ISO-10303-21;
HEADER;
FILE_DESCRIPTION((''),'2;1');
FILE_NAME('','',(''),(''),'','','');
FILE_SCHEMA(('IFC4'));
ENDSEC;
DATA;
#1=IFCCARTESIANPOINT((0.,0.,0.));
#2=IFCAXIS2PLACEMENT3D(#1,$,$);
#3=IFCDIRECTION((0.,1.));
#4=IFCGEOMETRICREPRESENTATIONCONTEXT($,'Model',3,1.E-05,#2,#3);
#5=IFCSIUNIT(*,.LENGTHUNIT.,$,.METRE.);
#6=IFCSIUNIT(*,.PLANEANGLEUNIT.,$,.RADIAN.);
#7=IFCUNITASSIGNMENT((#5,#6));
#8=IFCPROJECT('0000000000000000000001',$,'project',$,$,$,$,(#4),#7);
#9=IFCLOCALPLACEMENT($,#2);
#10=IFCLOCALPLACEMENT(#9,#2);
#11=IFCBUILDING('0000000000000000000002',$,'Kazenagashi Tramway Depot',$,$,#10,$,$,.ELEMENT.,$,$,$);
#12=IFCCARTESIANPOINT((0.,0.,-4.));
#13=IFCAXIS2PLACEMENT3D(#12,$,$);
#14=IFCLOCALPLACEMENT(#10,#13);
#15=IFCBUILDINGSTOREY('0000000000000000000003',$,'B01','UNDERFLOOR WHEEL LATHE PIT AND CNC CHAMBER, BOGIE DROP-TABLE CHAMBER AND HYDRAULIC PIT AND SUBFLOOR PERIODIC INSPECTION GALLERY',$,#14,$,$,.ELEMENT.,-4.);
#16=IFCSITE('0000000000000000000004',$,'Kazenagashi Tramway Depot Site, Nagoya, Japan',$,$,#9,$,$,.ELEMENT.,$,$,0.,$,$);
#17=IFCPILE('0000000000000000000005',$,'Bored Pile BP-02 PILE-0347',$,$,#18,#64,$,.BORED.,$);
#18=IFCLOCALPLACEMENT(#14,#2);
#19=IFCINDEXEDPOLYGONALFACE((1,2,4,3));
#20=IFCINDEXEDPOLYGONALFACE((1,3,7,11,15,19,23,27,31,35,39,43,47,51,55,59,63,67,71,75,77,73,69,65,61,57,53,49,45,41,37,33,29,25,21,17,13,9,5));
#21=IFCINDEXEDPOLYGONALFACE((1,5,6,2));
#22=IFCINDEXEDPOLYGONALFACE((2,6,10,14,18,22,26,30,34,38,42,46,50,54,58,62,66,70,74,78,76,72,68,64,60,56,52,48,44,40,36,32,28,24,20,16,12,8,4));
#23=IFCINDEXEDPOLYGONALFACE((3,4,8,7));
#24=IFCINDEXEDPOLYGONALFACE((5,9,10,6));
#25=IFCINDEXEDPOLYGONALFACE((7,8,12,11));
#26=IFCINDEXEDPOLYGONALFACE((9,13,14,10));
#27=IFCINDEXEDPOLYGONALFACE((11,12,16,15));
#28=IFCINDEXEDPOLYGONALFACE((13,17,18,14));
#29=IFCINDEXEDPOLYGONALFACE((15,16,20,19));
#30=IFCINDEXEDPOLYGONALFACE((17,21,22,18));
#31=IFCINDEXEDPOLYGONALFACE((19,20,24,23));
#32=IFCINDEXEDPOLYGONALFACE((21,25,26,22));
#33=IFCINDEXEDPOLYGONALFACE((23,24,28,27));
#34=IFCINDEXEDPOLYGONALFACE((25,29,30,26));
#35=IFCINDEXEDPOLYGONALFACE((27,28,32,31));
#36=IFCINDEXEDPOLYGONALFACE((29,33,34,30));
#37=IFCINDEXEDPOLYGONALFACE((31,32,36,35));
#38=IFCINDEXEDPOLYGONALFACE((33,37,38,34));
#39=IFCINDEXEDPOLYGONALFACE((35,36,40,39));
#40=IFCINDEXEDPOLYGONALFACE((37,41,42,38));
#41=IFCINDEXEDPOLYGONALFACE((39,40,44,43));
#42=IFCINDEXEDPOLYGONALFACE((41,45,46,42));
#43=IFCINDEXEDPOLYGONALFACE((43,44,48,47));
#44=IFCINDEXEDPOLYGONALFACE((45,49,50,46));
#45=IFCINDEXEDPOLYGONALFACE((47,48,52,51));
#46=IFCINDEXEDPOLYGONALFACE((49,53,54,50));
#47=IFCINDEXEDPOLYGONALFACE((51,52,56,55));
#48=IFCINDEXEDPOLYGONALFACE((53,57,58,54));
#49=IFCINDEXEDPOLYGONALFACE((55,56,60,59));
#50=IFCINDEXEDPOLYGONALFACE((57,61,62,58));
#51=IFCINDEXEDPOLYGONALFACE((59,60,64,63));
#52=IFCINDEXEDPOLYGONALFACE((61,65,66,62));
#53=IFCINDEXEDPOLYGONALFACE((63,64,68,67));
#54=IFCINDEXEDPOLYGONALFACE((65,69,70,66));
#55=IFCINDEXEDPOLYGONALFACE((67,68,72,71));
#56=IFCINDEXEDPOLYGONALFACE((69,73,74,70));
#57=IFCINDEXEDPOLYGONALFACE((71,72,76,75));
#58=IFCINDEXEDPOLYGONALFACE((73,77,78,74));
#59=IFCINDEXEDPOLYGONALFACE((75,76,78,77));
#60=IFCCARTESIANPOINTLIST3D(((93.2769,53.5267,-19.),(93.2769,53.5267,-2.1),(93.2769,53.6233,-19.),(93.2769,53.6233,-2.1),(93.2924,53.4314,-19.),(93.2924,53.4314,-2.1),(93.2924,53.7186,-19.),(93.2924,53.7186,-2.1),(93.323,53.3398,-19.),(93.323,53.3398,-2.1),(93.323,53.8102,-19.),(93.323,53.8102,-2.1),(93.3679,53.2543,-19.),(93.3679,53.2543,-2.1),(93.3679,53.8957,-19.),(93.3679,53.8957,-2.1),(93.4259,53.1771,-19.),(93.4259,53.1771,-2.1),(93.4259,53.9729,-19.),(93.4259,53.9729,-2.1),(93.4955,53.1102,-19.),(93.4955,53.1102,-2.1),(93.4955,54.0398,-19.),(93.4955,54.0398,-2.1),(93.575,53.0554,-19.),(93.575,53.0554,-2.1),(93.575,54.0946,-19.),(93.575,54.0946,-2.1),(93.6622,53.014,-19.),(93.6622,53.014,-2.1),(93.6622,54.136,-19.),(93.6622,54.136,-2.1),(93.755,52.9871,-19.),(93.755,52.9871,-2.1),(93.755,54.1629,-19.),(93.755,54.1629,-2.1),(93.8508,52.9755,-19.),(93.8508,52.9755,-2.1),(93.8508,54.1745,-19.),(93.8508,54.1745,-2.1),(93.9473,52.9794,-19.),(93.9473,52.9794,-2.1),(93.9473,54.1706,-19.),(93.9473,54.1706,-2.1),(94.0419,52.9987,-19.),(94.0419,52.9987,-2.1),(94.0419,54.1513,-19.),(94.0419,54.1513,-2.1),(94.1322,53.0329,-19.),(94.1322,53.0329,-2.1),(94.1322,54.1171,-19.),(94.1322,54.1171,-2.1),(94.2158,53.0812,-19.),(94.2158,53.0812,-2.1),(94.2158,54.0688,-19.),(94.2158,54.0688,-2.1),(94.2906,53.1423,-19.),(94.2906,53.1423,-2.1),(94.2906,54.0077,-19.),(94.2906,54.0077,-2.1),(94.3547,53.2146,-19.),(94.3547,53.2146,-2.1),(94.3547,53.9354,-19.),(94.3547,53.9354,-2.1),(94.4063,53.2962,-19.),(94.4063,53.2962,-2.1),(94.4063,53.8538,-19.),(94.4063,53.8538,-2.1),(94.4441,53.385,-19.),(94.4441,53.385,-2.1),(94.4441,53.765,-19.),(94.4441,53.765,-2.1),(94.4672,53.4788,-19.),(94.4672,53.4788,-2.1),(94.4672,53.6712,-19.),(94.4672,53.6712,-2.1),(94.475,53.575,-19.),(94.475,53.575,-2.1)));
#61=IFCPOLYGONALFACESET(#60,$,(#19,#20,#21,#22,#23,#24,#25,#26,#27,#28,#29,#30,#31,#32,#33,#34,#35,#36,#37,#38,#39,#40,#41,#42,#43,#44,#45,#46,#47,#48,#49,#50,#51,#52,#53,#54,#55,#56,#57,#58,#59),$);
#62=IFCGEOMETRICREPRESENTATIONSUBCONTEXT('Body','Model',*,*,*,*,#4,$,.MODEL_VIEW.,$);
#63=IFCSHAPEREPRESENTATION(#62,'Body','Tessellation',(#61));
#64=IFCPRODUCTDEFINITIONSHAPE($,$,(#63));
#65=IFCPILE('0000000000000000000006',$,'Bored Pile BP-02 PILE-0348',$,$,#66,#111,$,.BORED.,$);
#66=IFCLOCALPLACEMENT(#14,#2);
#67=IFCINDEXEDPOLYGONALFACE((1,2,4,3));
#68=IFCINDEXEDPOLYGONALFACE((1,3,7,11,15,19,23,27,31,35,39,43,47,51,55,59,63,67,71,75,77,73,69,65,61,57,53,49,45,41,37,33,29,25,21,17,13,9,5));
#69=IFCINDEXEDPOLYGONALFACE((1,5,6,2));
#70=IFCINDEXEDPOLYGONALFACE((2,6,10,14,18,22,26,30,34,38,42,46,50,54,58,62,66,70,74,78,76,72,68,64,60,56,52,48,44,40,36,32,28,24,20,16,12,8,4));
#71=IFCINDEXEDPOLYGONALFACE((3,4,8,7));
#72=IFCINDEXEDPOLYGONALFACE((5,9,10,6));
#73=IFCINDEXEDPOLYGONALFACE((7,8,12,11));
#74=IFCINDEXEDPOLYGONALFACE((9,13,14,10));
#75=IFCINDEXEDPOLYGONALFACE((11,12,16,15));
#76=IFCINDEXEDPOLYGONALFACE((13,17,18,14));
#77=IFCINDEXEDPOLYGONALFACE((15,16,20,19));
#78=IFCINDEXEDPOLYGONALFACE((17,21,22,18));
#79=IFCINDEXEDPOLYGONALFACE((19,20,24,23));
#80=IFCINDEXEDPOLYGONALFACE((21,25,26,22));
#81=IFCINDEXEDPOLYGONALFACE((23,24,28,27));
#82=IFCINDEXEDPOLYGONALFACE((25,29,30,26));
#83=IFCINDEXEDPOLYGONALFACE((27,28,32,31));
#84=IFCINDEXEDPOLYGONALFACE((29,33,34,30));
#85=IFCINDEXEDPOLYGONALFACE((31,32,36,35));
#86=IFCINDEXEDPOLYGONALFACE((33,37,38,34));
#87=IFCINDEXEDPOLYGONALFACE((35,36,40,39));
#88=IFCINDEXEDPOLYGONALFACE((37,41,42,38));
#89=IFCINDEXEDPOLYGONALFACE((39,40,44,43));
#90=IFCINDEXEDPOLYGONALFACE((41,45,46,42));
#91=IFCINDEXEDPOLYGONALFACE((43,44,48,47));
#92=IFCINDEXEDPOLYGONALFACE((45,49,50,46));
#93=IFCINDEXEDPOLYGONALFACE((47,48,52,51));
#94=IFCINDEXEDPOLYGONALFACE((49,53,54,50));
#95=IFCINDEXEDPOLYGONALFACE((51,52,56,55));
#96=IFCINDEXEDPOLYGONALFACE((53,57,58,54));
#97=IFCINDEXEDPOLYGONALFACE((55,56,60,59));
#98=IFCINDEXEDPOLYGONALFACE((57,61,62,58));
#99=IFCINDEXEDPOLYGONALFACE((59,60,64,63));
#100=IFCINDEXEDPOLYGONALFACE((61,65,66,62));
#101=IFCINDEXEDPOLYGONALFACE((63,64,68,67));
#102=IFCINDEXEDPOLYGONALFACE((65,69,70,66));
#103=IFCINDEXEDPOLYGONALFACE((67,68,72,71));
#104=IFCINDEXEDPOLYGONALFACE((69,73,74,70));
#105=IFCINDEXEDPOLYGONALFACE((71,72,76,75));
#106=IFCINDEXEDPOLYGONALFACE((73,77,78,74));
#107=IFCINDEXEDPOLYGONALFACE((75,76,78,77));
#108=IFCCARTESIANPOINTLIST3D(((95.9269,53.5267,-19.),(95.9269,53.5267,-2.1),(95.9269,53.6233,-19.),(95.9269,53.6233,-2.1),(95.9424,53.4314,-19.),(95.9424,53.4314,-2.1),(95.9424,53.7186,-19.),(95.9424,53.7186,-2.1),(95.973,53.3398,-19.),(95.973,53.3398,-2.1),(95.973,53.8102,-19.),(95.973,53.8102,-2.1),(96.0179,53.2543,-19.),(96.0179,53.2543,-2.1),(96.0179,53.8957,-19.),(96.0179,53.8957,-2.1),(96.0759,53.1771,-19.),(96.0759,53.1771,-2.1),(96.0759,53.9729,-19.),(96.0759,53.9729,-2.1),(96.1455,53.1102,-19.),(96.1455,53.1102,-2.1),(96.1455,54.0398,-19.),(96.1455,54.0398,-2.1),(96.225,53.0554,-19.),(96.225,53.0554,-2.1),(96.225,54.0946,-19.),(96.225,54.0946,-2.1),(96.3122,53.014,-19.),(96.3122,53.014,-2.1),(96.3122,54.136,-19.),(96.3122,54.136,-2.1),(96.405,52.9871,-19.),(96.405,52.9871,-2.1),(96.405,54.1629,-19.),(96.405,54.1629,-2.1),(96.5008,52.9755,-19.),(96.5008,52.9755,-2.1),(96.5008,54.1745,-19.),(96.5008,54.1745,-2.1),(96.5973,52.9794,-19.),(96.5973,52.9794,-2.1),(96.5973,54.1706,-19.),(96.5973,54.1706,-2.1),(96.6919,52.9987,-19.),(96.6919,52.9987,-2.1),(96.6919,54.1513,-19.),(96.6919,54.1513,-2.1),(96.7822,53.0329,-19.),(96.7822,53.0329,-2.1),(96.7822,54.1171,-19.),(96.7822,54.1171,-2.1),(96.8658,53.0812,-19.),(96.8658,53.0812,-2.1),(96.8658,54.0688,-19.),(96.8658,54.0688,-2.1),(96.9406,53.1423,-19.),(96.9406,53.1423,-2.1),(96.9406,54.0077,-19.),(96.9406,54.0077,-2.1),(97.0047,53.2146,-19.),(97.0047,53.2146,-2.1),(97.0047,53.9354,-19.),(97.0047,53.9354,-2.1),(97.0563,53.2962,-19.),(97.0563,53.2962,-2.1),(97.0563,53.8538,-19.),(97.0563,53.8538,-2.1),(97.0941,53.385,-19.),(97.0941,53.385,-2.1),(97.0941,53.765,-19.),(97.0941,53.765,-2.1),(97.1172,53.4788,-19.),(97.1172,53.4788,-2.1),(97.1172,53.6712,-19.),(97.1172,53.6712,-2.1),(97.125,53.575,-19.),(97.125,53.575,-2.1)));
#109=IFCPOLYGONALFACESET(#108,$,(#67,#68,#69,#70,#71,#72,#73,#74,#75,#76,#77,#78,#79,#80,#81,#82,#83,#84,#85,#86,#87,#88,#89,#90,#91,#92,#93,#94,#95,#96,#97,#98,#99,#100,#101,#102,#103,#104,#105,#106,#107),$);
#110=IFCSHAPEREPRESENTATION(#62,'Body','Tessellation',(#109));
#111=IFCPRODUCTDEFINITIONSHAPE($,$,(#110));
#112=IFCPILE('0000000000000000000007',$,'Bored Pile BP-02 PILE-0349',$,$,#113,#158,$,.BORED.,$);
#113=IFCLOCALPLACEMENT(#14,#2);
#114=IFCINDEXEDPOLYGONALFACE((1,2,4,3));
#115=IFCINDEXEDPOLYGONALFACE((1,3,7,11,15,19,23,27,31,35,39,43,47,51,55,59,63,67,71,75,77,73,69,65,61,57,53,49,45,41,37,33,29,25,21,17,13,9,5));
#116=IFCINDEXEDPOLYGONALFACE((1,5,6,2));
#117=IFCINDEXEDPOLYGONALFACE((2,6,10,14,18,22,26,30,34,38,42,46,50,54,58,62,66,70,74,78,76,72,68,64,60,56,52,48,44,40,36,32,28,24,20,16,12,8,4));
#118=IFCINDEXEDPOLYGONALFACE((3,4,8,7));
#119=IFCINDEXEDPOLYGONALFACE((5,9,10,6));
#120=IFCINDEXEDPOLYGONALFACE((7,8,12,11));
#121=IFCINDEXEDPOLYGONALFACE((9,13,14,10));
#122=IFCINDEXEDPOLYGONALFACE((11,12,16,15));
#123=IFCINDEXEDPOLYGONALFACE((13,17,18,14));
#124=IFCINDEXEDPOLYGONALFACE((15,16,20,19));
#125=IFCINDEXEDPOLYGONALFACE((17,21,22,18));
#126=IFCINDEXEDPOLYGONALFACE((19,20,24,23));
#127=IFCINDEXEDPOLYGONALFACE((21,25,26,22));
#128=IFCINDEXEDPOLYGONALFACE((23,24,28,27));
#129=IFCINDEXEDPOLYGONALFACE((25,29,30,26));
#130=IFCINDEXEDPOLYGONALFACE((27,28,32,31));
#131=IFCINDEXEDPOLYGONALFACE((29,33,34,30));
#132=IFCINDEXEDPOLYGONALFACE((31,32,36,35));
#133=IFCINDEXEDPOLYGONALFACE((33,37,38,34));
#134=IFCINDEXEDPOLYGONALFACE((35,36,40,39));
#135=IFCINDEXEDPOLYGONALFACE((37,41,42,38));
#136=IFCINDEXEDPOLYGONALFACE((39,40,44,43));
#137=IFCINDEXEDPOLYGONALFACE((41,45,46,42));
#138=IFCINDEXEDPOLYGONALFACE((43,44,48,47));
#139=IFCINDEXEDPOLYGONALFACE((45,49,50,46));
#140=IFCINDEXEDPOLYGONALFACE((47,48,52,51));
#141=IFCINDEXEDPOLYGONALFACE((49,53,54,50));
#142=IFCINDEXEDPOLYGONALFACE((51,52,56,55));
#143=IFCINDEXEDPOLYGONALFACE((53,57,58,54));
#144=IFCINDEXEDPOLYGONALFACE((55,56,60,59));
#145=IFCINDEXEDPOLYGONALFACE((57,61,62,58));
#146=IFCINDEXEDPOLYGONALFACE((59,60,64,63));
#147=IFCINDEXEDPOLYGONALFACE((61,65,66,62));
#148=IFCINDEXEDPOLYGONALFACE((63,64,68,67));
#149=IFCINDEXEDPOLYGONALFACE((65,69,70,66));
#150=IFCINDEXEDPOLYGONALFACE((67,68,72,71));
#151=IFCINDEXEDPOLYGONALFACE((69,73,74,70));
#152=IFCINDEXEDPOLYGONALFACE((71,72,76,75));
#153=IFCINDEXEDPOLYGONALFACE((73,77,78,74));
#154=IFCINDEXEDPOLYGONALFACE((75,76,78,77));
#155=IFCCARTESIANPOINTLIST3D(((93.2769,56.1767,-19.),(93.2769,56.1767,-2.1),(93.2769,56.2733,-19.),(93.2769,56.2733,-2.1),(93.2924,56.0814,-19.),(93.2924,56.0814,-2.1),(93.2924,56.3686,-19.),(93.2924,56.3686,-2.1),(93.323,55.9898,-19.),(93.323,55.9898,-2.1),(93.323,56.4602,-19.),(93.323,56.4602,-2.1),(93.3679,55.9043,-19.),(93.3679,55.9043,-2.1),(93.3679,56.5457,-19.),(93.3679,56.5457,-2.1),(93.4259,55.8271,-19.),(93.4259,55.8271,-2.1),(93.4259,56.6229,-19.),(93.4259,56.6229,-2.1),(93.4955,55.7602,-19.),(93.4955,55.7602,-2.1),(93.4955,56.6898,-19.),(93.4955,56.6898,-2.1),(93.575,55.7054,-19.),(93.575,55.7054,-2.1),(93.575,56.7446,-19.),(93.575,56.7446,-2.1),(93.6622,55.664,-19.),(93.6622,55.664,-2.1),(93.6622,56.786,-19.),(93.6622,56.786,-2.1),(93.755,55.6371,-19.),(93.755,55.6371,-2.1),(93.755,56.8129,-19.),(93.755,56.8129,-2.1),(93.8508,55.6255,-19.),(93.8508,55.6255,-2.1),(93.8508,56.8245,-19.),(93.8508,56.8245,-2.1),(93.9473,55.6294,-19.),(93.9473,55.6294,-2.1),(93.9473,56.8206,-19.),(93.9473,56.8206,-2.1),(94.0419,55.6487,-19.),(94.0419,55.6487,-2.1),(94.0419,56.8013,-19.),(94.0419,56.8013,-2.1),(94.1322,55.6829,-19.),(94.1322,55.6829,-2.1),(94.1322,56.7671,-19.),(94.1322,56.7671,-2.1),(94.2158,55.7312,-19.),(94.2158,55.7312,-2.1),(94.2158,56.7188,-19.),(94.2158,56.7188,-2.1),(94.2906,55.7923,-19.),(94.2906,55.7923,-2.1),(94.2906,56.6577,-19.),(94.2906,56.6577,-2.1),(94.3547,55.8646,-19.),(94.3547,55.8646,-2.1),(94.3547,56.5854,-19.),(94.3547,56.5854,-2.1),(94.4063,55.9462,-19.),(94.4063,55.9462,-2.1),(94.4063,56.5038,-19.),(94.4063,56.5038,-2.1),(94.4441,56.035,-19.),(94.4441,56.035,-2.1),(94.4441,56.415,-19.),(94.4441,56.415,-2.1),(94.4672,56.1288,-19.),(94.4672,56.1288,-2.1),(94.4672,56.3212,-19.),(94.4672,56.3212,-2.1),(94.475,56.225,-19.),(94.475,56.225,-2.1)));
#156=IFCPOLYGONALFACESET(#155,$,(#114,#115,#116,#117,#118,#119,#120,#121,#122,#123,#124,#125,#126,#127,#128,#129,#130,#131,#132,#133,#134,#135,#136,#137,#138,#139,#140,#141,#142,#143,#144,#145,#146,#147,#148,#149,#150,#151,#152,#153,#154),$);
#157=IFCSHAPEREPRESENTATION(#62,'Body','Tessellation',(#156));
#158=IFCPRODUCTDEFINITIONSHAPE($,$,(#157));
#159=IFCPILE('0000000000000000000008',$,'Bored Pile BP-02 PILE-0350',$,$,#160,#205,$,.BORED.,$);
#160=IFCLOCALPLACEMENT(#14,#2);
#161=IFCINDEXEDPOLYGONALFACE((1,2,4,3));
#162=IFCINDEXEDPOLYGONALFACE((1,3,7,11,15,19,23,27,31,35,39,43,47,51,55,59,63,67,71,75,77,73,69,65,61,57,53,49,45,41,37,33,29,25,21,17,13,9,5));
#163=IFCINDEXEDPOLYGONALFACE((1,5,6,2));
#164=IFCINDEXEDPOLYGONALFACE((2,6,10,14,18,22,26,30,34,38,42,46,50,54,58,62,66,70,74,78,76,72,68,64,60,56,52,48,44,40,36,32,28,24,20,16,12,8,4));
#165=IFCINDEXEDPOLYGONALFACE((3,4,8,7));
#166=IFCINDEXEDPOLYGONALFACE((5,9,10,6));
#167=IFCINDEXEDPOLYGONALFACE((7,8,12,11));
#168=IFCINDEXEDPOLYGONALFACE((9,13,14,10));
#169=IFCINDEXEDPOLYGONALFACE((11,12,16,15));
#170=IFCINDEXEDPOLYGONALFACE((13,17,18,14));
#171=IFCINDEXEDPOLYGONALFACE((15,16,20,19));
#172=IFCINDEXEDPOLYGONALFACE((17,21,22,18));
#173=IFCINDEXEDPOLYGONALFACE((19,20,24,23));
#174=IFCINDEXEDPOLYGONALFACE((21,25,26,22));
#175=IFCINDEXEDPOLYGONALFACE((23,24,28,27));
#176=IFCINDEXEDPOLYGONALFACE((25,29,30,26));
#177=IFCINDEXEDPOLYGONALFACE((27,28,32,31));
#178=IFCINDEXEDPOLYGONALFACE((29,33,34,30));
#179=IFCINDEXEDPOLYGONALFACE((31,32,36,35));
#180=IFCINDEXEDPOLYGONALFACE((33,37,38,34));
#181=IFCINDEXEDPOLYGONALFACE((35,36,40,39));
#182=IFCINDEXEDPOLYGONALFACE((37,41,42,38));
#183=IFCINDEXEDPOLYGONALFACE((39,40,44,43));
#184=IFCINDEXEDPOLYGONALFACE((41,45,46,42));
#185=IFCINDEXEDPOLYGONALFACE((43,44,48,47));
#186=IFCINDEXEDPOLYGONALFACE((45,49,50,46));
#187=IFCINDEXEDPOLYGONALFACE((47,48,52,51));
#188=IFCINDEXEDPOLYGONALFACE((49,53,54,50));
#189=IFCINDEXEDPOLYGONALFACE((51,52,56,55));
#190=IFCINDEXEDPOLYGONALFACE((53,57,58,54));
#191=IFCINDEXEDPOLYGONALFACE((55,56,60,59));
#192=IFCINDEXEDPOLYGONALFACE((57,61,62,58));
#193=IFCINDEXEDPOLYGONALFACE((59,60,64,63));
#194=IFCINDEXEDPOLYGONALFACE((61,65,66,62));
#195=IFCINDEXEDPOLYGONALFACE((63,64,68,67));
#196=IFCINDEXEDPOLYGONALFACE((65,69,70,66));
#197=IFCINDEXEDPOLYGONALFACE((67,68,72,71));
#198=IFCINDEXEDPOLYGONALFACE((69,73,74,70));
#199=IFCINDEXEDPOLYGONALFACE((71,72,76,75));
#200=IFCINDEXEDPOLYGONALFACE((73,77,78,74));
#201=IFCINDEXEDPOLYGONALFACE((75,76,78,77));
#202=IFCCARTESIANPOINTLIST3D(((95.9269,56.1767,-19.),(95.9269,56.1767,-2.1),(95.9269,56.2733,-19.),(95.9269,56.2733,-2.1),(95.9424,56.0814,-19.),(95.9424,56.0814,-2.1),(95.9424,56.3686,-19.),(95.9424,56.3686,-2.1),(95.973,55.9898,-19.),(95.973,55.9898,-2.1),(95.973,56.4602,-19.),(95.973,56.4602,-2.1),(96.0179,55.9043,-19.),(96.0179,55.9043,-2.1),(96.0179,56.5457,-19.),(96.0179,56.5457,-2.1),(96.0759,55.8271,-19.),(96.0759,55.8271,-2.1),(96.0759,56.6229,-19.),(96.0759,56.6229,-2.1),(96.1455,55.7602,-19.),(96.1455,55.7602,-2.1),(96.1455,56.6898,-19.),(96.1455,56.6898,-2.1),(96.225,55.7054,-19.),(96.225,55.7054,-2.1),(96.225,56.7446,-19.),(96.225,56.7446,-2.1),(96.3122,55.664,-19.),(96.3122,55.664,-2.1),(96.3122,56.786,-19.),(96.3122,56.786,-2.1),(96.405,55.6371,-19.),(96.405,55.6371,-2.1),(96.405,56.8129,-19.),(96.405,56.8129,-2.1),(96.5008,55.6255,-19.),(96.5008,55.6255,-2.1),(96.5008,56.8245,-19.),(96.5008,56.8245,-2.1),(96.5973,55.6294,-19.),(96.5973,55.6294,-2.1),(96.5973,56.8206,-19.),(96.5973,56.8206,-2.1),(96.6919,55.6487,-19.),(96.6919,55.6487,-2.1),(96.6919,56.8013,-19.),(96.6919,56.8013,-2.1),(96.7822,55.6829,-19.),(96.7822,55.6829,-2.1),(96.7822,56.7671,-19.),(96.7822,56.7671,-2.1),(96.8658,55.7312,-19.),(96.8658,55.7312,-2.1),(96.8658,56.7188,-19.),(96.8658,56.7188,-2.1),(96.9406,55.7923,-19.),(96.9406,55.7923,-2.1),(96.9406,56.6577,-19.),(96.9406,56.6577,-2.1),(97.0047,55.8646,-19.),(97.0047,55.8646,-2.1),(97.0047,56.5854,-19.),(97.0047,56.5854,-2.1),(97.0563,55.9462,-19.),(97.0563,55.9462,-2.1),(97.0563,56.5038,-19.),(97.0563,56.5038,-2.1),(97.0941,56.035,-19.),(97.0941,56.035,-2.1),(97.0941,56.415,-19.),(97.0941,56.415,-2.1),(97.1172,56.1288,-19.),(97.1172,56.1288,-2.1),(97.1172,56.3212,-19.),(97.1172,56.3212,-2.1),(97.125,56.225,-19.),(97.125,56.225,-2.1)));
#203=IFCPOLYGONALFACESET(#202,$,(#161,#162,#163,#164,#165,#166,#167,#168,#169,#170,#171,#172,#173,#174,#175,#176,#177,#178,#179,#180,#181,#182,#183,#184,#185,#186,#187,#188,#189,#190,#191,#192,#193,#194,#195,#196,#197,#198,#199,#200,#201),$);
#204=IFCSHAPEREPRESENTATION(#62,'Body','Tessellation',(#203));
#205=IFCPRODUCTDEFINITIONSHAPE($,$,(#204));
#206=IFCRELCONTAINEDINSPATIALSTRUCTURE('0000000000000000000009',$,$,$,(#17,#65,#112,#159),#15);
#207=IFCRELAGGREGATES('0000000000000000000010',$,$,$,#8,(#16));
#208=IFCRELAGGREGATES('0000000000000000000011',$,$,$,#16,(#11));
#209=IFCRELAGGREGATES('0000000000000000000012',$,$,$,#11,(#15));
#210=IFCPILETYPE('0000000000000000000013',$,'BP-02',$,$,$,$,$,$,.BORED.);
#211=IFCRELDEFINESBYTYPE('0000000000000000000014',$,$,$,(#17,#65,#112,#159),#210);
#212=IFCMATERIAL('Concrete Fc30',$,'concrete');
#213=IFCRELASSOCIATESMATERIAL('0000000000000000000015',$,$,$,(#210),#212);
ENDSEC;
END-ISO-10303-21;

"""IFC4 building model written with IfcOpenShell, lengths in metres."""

from ifc_helpers import new_model, si_unit, direction, frame, origin, origin_2d, place, context, subcontext, project, spatial, circle, extrude, material, material_profile, profile_set, type_object, element, save


model = new_model("IFC4")

# Units and contexts
model_context = context("Model", 3, precision=1e-05, world=origin(), true_north=direction((0.0, 1.0)))
body_context = subcontext(model_context, "Body", "Model", "MODEL_VIEW")
ifc_project = project(units=[si_unit("LENGTHUNIT", "METRE"), si_unit("PLANEANGLEUNIT", "RADIAN")], contexts=[model_context])

# Site, building, storey
site_placement = place(None, origin())
site = spatial("IfcSite", under=ifc_project, at=site_placement, Name="Kazenagashi Tramway Depot Site, Nagoya, Japan", CompositionType="ELEMENT", RefElevation=0.0)
building_placement = place(site_placement, origin())
building = spatial("IfcBuilding", under=site, at=building_placement, Name="Kazenagashi Tramway Depot", CompositionType="ELEMENT")
storey_placement = place(building_placement, frame((0.0, 0.0, -4.0)))
storey = spatial("IfcBuildingStorey", under=building, at=storey_placement, Name="B01", Description="UNDERFLOOR WHEEL LATHE PIT AND CNC CHAMBER, BOGIE DROP-TABLE CHAMBER AND HYDRAULIC PIT AND SUBFLOOR PERIODIC INSPECTION GALLERY", CompositionType="ELEMENT", Elevation=-4.0)

# Piles
ifc_material_1 = material(Name="Concrete Fc30", Category="concrete")
ifc_material_profile_1 = material_profile(ifc_material_1, circle(Radius=0.6, at=origin_2d()), Name="PILE-1200")
ifc_profile_set_1 = profile_set([ifc_material_profile_1], Name="Concrete Fc30")
pile_type = type_object("IfcPileType", Name="BP-02", PredefinedType="BORED", material=ifc_profile_set_1)
for number, where, z_axis, x_axis, name in (
    (1, (93.875, 53.575, -2.1), (0.0, 0.0, -1.0), (1.0, 0.0, 0.0), "Bored Pile BP-02 PILE-0347"),
    (2, (96.525, 53.575, -2.1), (0.0, 0.0, -1.0), (1.0, 0.0, 0.0), "Bored Pile BP-02 PILE-0348"),
    (3, (93.875, 56.225, -2.1), (0.0, 0.0, -1.0), (1.0, 0.0, 0.0), "Bored Pile BP-02 PILE-0349"),
    (4, (96.525, 56.225, -2.1), (0.0, 0.0, -1.0), (1.0, 0.0, 0.0), "Bored Pile BP-02 PILE-0350"),
):
    element("IfcPile", number, at=place(storey_placement, frame(where, z_axis=z_axis, x_axis=x_axis)), inside=storey, type_object=pile_type, Name=name, PredefinedType="BORED", context=body_context, shape_type="SweptSolid", body=[
        extrude(circle(Radius=0.6, at=origin_2d()), origin(), (0.0, 0.0, 1.0), 16.9),
    ])

save(model, "model.ifc")
